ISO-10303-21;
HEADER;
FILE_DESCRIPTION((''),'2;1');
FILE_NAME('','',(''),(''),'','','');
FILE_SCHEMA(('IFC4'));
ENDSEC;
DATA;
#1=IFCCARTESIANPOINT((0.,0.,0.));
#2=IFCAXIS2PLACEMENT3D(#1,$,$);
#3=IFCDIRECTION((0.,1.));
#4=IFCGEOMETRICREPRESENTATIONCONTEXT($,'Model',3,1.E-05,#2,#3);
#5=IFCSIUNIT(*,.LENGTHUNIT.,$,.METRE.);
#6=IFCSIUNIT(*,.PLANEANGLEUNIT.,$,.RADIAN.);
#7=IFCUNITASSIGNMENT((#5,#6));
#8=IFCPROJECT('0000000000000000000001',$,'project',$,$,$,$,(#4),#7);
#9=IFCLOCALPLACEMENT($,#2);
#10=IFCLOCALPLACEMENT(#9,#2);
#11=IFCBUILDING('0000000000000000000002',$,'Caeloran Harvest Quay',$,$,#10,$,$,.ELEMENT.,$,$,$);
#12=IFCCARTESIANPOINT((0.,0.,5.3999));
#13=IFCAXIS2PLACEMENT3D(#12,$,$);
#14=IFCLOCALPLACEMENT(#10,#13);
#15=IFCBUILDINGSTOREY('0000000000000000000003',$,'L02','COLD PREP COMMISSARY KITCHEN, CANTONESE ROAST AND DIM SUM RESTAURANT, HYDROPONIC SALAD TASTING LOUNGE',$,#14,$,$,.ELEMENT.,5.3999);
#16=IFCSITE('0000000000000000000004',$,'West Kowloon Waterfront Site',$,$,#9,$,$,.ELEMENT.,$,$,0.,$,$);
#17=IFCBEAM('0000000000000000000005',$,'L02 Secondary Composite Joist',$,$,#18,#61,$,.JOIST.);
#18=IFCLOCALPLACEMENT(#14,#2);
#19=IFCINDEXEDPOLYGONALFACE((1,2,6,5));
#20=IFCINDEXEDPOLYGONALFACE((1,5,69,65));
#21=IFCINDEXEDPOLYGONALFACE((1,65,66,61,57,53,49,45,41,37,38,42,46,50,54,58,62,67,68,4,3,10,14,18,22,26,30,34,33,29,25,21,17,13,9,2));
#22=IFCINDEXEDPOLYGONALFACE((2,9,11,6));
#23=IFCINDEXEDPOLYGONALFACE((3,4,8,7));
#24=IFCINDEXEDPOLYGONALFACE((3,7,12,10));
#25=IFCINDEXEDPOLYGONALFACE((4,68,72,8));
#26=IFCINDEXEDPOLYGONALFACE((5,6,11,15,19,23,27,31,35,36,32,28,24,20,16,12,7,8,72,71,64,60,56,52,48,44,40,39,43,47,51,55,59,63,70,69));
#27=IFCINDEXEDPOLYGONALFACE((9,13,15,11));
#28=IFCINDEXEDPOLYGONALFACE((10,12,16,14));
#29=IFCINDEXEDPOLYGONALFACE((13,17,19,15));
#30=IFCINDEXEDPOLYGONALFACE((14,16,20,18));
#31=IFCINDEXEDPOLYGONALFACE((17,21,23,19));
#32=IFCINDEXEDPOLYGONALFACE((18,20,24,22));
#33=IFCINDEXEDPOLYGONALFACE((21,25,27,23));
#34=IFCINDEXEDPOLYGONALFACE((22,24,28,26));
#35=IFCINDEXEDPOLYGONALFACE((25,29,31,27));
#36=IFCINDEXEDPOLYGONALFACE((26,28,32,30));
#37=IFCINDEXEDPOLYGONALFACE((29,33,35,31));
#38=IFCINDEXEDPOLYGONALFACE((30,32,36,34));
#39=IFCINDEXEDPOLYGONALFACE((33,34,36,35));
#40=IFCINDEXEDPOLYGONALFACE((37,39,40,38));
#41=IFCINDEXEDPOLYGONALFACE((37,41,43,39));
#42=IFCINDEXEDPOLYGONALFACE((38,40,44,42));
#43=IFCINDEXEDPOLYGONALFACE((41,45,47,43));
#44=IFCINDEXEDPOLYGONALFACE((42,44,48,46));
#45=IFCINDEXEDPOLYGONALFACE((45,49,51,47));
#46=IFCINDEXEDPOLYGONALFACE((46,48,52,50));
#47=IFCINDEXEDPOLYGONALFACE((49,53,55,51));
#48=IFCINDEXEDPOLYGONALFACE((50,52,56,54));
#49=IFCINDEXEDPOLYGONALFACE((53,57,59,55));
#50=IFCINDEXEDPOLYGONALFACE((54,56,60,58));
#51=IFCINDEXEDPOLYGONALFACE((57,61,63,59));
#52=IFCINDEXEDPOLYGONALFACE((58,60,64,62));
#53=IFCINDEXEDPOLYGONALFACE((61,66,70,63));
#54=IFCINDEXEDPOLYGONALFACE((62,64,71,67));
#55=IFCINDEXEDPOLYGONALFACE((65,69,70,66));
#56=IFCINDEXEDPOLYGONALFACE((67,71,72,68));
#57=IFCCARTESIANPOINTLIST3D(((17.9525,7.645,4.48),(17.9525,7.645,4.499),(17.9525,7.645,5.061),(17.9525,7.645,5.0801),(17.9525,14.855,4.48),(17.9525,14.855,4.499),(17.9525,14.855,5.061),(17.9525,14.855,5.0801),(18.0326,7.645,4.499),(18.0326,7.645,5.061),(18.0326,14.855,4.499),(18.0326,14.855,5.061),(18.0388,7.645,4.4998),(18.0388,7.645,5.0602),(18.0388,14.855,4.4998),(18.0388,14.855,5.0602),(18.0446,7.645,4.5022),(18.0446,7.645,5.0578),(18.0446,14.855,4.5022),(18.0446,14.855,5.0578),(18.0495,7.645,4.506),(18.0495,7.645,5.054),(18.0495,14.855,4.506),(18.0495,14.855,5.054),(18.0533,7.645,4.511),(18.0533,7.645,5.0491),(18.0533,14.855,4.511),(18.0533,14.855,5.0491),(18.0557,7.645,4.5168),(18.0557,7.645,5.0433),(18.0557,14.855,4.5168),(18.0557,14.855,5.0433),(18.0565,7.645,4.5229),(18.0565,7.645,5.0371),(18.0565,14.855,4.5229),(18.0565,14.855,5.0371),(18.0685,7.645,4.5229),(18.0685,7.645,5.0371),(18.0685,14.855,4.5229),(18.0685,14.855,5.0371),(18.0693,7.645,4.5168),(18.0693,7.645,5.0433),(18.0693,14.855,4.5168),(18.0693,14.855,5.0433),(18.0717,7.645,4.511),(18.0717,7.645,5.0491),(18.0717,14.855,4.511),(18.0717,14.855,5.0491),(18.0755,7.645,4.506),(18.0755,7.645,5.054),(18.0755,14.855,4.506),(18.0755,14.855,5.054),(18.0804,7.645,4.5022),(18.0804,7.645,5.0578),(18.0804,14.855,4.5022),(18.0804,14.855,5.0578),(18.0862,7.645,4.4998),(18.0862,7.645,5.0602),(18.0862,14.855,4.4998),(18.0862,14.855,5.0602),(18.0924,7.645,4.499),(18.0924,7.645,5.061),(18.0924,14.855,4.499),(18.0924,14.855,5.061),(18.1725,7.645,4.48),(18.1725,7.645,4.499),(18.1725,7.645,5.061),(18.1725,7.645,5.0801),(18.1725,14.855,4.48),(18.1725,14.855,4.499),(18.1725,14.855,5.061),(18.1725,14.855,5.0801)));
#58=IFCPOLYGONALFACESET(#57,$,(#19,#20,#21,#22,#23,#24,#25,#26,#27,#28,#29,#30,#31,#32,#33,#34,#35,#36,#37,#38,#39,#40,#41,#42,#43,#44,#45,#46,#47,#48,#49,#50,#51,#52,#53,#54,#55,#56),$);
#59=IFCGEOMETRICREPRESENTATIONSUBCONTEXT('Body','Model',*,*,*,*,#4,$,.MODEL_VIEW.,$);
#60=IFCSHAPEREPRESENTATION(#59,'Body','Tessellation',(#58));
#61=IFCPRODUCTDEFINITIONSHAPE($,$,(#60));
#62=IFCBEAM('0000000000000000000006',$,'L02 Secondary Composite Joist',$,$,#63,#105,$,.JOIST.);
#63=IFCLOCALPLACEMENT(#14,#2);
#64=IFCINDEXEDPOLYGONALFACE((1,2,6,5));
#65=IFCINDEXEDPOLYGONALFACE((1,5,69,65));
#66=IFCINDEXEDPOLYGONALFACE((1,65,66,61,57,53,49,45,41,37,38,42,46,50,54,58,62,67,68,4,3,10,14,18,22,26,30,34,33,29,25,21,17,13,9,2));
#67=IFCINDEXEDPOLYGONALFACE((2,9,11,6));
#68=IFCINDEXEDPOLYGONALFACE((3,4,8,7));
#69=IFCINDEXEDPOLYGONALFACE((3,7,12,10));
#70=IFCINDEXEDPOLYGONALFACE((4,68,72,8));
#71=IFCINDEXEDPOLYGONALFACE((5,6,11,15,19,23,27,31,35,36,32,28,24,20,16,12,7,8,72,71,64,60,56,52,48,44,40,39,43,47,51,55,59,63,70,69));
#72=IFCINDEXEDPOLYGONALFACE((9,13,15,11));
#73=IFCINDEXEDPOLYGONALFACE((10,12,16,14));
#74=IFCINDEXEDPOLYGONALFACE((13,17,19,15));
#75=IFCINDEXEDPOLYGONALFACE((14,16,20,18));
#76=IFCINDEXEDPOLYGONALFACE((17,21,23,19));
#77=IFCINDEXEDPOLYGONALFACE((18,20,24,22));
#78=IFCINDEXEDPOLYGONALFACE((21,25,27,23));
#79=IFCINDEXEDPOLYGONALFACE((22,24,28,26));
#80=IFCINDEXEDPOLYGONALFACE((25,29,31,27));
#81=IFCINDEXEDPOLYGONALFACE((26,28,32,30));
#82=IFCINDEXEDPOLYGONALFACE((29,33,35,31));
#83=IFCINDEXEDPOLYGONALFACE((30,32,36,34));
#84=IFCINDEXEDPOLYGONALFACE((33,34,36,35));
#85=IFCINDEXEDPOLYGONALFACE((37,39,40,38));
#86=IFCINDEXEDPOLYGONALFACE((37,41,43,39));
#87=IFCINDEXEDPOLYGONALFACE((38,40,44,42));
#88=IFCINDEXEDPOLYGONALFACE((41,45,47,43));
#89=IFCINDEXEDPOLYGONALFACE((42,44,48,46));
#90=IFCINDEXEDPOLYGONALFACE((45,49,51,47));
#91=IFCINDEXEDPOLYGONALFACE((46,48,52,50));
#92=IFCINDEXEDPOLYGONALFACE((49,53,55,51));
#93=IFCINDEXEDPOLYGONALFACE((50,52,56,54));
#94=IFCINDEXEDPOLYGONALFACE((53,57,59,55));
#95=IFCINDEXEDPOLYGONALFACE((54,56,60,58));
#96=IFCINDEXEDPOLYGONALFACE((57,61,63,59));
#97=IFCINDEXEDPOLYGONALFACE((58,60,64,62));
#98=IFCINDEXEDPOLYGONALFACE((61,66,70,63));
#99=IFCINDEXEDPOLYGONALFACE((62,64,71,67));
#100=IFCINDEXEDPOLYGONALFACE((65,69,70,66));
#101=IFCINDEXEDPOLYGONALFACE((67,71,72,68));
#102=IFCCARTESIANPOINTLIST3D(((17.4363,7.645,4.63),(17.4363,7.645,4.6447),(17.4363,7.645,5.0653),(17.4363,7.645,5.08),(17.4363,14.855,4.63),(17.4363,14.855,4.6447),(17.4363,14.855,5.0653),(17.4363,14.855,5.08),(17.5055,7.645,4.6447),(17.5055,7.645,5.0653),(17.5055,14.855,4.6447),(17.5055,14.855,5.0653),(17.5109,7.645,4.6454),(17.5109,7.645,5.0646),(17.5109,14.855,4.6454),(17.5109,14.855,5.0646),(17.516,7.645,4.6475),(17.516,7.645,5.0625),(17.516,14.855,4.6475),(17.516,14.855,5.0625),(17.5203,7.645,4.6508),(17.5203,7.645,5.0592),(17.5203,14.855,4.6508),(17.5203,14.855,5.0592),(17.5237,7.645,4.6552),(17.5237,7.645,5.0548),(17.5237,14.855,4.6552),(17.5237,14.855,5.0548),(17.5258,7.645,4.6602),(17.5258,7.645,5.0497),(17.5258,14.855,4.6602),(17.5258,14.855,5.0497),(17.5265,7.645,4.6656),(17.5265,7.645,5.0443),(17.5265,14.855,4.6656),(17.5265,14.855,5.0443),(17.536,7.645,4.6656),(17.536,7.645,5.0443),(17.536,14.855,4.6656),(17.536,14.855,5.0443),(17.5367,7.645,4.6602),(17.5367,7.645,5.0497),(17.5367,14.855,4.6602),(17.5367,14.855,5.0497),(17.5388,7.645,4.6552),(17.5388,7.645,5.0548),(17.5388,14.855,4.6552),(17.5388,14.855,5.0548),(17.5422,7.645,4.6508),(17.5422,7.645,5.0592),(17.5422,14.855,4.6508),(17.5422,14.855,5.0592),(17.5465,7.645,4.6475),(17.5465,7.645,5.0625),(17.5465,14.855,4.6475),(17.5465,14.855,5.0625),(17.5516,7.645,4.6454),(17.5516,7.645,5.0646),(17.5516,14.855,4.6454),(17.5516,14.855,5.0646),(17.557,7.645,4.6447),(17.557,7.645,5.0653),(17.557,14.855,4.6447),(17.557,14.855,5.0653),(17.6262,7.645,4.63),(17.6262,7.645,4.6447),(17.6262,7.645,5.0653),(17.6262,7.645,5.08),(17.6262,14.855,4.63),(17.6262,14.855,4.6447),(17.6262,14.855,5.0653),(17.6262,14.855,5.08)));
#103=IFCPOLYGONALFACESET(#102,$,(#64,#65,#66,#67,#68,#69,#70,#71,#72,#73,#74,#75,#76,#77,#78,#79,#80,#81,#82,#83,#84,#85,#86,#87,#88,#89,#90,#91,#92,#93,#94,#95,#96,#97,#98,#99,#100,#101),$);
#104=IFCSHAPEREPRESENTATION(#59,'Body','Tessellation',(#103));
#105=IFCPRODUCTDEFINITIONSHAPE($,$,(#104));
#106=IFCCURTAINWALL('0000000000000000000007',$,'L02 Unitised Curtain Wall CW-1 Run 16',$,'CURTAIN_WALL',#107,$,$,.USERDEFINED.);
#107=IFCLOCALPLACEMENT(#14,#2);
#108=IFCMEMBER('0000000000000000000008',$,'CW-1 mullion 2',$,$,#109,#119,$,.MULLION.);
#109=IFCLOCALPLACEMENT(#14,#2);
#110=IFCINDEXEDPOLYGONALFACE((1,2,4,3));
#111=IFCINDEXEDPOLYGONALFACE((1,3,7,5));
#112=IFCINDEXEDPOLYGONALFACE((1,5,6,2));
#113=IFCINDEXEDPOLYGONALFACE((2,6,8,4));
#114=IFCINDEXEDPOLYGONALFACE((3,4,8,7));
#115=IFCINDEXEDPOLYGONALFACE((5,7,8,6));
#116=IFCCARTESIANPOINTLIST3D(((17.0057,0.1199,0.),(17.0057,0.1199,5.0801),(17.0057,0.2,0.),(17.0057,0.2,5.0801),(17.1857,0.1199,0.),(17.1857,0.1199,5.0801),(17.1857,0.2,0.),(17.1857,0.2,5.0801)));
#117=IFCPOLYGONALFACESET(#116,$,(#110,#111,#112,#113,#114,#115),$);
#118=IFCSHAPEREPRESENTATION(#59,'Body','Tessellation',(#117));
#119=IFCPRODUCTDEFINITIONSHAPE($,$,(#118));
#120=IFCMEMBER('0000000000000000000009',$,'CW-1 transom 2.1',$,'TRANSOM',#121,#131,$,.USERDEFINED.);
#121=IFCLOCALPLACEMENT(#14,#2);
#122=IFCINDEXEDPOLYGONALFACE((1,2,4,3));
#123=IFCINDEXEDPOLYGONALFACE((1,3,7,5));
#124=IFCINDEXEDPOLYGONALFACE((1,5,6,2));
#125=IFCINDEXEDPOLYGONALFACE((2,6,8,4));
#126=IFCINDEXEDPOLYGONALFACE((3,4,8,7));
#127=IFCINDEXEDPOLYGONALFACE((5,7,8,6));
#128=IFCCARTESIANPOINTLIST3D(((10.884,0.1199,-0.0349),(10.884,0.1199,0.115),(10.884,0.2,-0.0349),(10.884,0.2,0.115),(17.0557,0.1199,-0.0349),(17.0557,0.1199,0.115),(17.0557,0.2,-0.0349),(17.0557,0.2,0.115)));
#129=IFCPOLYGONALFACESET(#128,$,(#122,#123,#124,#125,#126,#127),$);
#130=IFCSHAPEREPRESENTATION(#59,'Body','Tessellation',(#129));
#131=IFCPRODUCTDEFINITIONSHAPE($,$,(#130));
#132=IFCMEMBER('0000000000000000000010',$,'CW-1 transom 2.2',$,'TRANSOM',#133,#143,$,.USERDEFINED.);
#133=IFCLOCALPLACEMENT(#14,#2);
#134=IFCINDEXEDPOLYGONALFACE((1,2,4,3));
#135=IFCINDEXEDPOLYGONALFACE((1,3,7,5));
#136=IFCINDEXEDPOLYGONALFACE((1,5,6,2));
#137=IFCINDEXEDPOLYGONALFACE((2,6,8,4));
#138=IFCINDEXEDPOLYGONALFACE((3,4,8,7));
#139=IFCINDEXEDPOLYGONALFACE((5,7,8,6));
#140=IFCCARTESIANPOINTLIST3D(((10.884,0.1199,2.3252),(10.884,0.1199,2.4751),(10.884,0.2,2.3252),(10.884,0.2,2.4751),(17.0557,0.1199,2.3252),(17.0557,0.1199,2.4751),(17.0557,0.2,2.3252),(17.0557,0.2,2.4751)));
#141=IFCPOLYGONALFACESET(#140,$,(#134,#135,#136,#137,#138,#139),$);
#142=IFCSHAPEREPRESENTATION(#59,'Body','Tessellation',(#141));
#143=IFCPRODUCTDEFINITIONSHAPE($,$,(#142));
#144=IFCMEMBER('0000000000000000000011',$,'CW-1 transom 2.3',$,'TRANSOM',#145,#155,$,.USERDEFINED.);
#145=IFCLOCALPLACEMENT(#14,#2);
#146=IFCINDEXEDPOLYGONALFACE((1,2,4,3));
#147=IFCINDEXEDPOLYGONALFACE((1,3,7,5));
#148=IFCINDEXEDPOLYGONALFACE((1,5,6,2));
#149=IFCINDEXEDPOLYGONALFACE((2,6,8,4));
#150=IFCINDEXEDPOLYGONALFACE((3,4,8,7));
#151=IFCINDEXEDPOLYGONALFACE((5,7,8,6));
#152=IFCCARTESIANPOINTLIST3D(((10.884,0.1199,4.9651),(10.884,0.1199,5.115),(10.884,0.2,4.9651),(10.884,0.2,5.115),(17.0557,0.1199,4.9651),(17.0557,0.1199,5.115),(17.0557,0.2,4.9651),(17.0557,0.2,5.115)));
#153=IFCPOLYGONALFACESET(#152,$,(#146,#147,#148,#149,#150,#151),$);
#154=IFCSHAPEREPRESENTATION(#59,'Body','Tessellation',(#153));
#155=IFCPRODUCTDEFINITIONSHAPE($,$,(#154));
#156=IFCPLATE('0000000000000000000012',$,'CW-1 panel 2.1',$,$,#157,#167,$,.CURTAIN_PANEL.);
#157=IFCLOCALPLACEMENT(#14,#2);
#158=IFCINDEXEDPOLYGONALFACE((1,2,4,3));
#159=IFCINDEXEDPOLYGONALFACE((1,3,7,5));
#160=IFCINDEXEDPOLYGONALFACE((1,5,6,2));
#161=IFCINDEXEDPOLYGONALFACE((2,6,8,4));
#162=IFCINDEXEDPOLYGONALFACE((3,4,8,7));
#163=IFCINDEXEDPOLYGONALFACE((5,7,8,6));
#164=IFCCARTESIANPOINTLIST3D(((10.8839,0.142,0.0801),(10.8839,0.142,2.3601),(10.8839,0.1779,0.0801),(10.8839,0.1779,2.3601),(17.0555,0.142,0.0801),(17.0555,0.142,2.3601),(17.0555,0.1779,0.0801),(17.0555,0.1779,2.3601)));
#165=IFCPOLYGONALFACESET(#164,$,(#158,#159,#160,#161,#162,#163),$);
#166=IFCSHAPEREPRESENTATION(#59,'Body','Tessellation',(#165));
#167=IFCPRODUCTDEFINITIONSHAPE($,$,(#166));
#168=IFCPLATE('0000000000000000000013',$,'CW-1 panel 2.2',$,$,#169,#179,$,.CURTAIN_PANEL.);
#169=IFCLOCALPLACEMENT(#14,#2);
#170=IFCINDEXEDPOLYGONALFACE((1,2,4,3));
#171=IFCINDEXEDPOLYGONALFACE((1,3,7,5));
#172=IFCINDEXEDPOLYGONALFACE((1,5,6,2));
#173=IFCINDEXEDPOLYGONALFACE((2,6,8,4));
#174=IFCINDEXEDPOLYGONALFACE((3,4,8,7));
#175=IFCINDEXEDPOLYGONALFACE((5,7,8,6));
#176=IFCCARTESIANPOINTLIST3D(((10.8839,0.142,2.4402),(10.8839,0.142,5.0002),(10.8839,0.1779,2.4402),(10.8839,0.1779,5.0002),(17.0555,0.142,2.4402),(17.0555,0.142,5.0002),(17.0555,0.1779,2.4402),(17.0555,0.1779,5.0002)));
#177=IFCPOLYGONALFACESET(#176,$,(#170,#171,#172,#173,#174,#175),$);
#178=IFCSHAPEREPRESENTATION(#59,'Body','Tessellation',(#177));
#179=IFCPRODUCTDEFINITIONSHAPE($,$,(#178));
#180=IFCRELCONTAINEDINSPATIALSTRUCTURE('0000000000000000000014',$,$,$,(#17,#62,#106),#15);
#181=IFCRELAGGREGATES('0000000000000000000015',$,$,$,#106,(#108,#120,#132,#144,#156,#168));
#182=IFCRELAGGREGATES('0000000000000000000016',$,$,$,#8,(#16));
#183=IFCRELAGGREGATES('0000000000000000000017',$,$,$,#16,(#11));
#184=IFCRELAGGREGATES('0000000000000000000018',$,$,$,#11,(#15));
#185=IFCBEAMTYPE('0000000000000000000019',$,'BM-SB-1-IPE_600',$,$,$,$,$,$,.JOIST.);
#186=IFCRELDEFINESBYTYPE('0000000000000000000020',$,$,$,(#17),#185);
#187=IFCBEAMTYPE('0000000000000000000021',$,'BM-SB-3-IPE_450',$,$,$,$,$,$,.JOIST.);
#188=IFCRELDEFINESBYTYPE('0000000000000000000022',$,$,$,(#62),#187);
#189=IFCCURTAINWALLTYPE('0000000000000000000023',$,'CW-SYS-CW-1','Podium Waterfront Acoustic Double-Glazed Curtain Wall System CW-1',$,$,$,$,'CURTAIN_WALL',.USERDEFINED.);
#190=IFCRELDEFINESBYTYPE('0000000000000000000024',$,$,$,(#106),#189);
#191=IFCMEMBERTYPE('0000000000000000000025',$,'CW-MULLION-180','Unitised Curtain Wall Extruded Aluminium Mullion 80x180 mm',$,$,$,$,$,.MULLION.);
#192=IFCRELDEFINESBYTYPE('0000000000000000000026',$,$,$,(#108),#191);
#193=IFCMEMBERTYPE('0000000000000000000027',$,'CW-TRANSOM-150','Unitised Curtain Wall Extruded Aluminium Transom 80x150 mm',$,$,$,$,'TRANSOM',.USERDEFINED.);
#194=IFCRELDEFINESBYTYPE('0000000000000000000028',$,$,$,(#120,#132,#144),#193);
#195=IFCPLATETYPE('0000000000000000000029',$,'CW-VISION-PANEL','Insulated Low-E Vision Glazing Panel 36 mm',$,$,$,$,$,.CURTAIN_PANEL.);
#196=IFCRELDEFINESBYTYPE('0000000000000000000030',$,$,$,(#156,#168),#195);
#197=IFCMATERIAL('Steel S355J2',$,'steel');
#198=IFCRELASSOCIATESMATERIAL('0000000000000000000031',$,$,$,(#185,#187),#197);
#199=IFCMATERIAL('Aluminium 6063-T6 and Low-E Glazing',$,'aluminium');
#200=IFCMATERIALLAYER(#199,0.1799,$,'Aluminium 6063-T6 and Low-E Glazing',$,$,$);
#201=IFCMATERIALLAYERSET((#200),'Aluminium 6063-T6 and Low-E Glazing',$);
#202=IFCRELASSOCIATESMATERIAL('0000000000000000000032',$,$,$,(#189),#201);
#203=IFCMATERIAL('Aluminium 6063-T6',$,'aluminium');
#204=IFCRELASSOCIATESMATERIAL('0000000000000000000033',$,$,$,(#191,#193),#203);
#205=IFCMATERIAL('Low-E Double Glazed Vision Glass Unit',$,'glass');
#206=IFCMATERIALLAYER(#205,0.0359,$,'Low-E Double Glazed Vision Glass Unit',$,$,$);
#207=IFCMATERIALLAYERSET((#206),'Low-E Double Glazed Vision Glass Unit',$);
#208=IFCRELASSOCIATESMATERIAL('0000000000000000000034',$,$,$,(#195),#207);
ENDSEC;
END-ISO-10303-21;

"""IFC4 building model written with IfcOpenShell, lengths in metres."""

from ifc_helpers import new_model, si_unit, direction, frame, origin, origin_2d, place, context, subcontext, project, spatial, rectangle, i_section, extrude, material, layer, layer_set, material_profile, profile_set, type_object, element, aggregate, save


model = new_model("IFC4")

# Units and contexts
model_context = context("Model", 3, precision=1e-05, world=origin(), true_north=direction((0.0, 1.0)))
body_context = subcontext(model_context, "Body", "Model", "MODEL_VIEW")
ifc_project = project(units=[si_unit("LENGTHUNIT", "METRE"), si_unit("PLANEANGLEUNIT", "RADIAN")], contexts=[model_context])

# Site, building, storey
site_placement = place(None, origin())
site = spatial("IfcSite", under=ifc_project, at=site_placement, Name="West Kowloon Waterfront Site", CompositionType="ELEMENT", RefElevation=0.0)
building_placement = place(site_placement, origin())
building = spatial("IfcBuilding", under=site, at=building_placement, Name="Caeloran Harvest Quay", CompositionType="ELEMENT")
storey_placement = place(building_placement, frame((0.0, 0.0, 5.3999)))
storey = spatial("IfcBuildingStorey", under=building, at=storey_placement, Name="L02", Description="COLD PREP COMMISSARY KITCHEN, CANTONESE ROAST AND DIM SUM RESTAURANT, HYDROPONIC SALAD TASTING LOUNGE", CompositionType="ELEMENT", Elevation=5.3999)

# Beams
ifc_material_1 = material(Name="Steel S355J2", Category="steel")
ifc_material_profile_1 = material_profile(ifc_material_1, i_section(OverallWidth=0.22, OverallDepth=0.6001, WebThickness=0.012, FlangeThickness=0.019, FilletRadius=0.0239, at=origin_2d()), Name="IPE 600")
ifc_profile_set_1 = profile_set([ifc_material_profile_1], Name="Steel S355J2")
beam_type_1 = type_object("IfcBeamType", Name="BM-SB-1-IPE_600", PredefinedType="JOIST", material=ifc_profile_set_1)
beam_1_placement = place(storey_placement, frame((18.0625, 7.645, 4.78), z_axis=(0.0, 1.0, 0.0), x_axis=(-1.0, 0.0, 0.0)))
element("IfcBeam", 1, at=beam_1_placement, inside=storey, type_object=beam_type_1, Name="L02 Secondary Composite Joist", PredefinedType="JOIST", context=body_context, shape_type="SweptSolid", body=[
    extrude(i_section(OverallWidth=0.22, OverallDepth=0.6001, WebThickness=0.012, FlangeThickness=0.019, FilletRadius=0.0239, at=origin_2d()), origin(), (0.0, 0.0, 1.0), 7.21),
])
ifc_material_profile_2 = material_profile(ifc_material_1, i_section(OverallWidth=0.1899, OverallDepth=0.45, WebThickness=0.0095, FlangeThickness=0.0146, FilletRadius=0.021, at=origin_2d()), Name="IPE 450")
ifc_profile_set_2 = profile_set([ifc_material_profile_2], Name="Steel S355J2")
beam_type_2 = type_object("IfcBeamType", Name="BM-SB-3-IPE_450", PredefinedType="JOIST", material=ifc_profile_set_2)
beam_2_placement = place(storey_placement, frame((17.5312, 7.645, 4.855), z_axis=(0.0, 1.0, 0.0), x_axis=(-1.0, 0.0, 0.0)))
element("IfcBeam", 2, at=beam_2_placement, inside=storey, type_object=beam_type_2, Name="L02 Secondary Composite Joist", PredefinedType="JOIST", context=body_context, shape_type="SweptSolid", body=[
    extrude(i_section(OverallWidth=0.1899, OverallDepth=0.45, WebThickness=0.0095, FlangeThickness=0.0146, FilletRadius=0.021, at=origin_2d()), origin(), (0.0, 0.0, 1.0), 7.21),
])

# Curtain wall, members, plates
ifc_material_2 = material(Name="Aluminium 6063-T6 and Low-E Glazing", Category="aluminium")
ifc_layer_1 = layer(ifc_material_2, 0.1799, Name="Aluminium 6063-T6 and Low-E Glazing")
ifc_layer_set_1 = layer_set([ifc_layer_1], Name="Aluminium 6063-T6 and Low-E Glazing")
curtain_wall_type = type_object("IfcCurtainWallType", Name="CW-SYS-CW-1", Description="Podium Waterfront Acoustic Double-Glazed Curtain Wall System CW-1", ElementType="CURTAIN_WALL", PredefinedType="USERDEFINED", material=ifc_layer_set_1)
curtain_wall_placement = place(storey_placement, origin())
curtain_wall = element("IfcCurtainWall", 3, at=curtain_wall_placement, inside=storey, type_object=curtain_wall_type, Name="L02 Unitised Curtain Wall CW-1 Run 16", ObjectType="CURTAIN_WALL", PredefinedType="USERDEFINED")
ifc_material_3 = material(Name="Aluminium 6063-T6", Category="aluminium")
ifc_material_profile_3 = material_profile(ifc_material_3, rectangle(XDim=0.0801, YDim=0.1799, at=origin_2d()), Name="CW-MULLION-180")
ifc_profile_set_3 = profile_set([ifc_material_profile_3], Name="Aluminium 6063-T6")
member_type_1 = type_object("IfcMemberType", Name="CW-MULLION-180", Description="Unitised Curtain Wall Extruded Aluminium Mullion 80x180 mm", PredefinedType="MULLION", material=ifc_profile_set_3)
member_1_placement = place(storey_placement, frame((17.0957, 0.1599, 0.0), z_axis=(0.0, 0.0, 1.0), x_axis=(0.0, -1.0, 0.0)))
member_1 = element("IfcMember", 4, at=member_1_placement, type_object=member_type_1, Name="CW-1 mullion 2", PredefinedType="MULLION", context=body_context, shape_type="SweptSolid", body=[
    extrude(rectangle(XDim=0.0801, YDim=0.1799, at=origin_2d()), origin(), (0.0, 0.0, 1.0), 5.0801),
])
ifc_material_profile_4 = material_profile(ifc_material_3, rectangle(XDim=0.0801, YDim=0.1499, at=origin_2d()), Name="CW-TRANSOM-150")
ifc_profile_set_4 = profile_set([ifc_material_profile_4], Name="Aluminium 6063-T6")
member_type_2 = type_object("IfcMemberType", Name="CW-TRANSOM-150", Description="Unitised Curtain Wall Extruded Aluminium Transom 80x150 mm", ElementType="TRANSOM", PredefinedType="USERDEFINED", material=ifc_profile_set_4)
member_2_placement = place(storey_placement, frame((17.0557, 0.1599, 0.04), z_axis=(-1.0, 0.0, 0.0), x_axis=(0.0, -1.0, 0.0)))
member_2 = element("IfcMember", 5, at=member_2_placement, type_object=member_type_2, Name="CW-1 transom 2.1", ObjectType="TRANSOM", PredefinedType="USERDEFINED", context=body_context, shape_type="SweptSolid", body=[
    extrude(rectangle(XDim=0.0801, YDim=0.1499, at=origin_2d()), origin(), (0.0, 0.0, 1.0), 6.1716),
])
member_3_placement = place(storey_placement, frame((17.0557, 0.1599, 2.4001), z_axis=(-1.0, 0.0, 0.0), x_axis=(0.0, -1.0, 0.0)))
member_3 = element("IfcMember", 6, at=member_3_placement, type_object=member_type_2, Name="CW-1 transom 2.2", ObjectType="TRANSOM", PredefinedType="USERDEFINED", context=body_context, shape_type="SweptSolid", body=[
    extrude(rectangle(XDim=0.0801, YDim=0.1499, at=origin_2d()), origin(), (0.0, 0.0, 1.0), 6.1716),
])
member_4_placement = place(storey_placement, frame((17.0557, 0.1599, 5.04), z_axis=(-1.0, 0.0, 0.0), x_axis=(0.0, -1.0, 0.0)))
member_4 = element("IfcMember", 7, at=member_4_placement, type_object=member_type_2, Name="CW-1 transom 2.3", ObjectType="TRANSOM", PredefinedType="USERDEFINED", context=body_context, shape_type="SweptSolid", body=[
    extrude(rectangle(XDim=0.0801, YDim=0.1499, at=origin_2d()), origin(), (0.0, 0.0, 1.0), 6.1716),
])
ifc_material_4 = material(Name="Low-E Double Glazed Vision Glass Unit", Category="glass")
ifc_layer_2 = layer(ifc_material_4, 0.0359, Name="Low-E Double Glazed Vision Glass Unit")
ifc_layer_set_2 = layer_set([ifc_layer_2], Name="Low-E Double Glazed Vision Glass Unit")
plate_type = type_object("IfcPlateType", Name="CW-VISION-PANEL", Description="Insulated Low-E Vision Glazing Panel 36 mm", PredefinedType="CURTAIN_PANEL", material=ifc_layer_set_2)
plate_1_placement = place(storey_placement, frame((13.9697, 0.1599, 0.0801), z_axis=(0.0, 0.0, 1.0), x_axis=(-1.0, 0.0, 0.0)))
plate_1 = element("IfcPlate", 8, at=plate_1_placement, type_object=plate_type, Name="CW-1 panel 2.1", PredefinedType="CURTAIN_PANEL", context=body_context, shape_type="SweptSolid", body=[
    extrude(rectangle(XDim=6.1716, YDim=0.0359, at=origin_2d()), origin(), (0.0, 0.0, 1.0), 2.28),
])
plate_2_placement = place(storey_placement, frame((13.9697, 0.1599, 2.4402), z_axis=(0.0, 0.0, 1.0), x_axis=(-1.0, 0.0, 0.0)))
plate_2 = element("IfcPlate", 9, at=plate_2_placement, type_object=plate_type, Name="CW-1 panel 2.2", PredefinedType="CURTAIN_PANEL", context=body_context, shape_type="SweptSolid", body=[
    extrude(rectangle(XDim=6.1716, YDim=0.0359, at=origin_2d()), origin(), (0.0, 0.0, 1.0), 2.5601),
])
aggregate(curtain_wall, [member_1, member_2, member_3, member_4, plate_1, plate_2])

save(model, "model.ifc")
